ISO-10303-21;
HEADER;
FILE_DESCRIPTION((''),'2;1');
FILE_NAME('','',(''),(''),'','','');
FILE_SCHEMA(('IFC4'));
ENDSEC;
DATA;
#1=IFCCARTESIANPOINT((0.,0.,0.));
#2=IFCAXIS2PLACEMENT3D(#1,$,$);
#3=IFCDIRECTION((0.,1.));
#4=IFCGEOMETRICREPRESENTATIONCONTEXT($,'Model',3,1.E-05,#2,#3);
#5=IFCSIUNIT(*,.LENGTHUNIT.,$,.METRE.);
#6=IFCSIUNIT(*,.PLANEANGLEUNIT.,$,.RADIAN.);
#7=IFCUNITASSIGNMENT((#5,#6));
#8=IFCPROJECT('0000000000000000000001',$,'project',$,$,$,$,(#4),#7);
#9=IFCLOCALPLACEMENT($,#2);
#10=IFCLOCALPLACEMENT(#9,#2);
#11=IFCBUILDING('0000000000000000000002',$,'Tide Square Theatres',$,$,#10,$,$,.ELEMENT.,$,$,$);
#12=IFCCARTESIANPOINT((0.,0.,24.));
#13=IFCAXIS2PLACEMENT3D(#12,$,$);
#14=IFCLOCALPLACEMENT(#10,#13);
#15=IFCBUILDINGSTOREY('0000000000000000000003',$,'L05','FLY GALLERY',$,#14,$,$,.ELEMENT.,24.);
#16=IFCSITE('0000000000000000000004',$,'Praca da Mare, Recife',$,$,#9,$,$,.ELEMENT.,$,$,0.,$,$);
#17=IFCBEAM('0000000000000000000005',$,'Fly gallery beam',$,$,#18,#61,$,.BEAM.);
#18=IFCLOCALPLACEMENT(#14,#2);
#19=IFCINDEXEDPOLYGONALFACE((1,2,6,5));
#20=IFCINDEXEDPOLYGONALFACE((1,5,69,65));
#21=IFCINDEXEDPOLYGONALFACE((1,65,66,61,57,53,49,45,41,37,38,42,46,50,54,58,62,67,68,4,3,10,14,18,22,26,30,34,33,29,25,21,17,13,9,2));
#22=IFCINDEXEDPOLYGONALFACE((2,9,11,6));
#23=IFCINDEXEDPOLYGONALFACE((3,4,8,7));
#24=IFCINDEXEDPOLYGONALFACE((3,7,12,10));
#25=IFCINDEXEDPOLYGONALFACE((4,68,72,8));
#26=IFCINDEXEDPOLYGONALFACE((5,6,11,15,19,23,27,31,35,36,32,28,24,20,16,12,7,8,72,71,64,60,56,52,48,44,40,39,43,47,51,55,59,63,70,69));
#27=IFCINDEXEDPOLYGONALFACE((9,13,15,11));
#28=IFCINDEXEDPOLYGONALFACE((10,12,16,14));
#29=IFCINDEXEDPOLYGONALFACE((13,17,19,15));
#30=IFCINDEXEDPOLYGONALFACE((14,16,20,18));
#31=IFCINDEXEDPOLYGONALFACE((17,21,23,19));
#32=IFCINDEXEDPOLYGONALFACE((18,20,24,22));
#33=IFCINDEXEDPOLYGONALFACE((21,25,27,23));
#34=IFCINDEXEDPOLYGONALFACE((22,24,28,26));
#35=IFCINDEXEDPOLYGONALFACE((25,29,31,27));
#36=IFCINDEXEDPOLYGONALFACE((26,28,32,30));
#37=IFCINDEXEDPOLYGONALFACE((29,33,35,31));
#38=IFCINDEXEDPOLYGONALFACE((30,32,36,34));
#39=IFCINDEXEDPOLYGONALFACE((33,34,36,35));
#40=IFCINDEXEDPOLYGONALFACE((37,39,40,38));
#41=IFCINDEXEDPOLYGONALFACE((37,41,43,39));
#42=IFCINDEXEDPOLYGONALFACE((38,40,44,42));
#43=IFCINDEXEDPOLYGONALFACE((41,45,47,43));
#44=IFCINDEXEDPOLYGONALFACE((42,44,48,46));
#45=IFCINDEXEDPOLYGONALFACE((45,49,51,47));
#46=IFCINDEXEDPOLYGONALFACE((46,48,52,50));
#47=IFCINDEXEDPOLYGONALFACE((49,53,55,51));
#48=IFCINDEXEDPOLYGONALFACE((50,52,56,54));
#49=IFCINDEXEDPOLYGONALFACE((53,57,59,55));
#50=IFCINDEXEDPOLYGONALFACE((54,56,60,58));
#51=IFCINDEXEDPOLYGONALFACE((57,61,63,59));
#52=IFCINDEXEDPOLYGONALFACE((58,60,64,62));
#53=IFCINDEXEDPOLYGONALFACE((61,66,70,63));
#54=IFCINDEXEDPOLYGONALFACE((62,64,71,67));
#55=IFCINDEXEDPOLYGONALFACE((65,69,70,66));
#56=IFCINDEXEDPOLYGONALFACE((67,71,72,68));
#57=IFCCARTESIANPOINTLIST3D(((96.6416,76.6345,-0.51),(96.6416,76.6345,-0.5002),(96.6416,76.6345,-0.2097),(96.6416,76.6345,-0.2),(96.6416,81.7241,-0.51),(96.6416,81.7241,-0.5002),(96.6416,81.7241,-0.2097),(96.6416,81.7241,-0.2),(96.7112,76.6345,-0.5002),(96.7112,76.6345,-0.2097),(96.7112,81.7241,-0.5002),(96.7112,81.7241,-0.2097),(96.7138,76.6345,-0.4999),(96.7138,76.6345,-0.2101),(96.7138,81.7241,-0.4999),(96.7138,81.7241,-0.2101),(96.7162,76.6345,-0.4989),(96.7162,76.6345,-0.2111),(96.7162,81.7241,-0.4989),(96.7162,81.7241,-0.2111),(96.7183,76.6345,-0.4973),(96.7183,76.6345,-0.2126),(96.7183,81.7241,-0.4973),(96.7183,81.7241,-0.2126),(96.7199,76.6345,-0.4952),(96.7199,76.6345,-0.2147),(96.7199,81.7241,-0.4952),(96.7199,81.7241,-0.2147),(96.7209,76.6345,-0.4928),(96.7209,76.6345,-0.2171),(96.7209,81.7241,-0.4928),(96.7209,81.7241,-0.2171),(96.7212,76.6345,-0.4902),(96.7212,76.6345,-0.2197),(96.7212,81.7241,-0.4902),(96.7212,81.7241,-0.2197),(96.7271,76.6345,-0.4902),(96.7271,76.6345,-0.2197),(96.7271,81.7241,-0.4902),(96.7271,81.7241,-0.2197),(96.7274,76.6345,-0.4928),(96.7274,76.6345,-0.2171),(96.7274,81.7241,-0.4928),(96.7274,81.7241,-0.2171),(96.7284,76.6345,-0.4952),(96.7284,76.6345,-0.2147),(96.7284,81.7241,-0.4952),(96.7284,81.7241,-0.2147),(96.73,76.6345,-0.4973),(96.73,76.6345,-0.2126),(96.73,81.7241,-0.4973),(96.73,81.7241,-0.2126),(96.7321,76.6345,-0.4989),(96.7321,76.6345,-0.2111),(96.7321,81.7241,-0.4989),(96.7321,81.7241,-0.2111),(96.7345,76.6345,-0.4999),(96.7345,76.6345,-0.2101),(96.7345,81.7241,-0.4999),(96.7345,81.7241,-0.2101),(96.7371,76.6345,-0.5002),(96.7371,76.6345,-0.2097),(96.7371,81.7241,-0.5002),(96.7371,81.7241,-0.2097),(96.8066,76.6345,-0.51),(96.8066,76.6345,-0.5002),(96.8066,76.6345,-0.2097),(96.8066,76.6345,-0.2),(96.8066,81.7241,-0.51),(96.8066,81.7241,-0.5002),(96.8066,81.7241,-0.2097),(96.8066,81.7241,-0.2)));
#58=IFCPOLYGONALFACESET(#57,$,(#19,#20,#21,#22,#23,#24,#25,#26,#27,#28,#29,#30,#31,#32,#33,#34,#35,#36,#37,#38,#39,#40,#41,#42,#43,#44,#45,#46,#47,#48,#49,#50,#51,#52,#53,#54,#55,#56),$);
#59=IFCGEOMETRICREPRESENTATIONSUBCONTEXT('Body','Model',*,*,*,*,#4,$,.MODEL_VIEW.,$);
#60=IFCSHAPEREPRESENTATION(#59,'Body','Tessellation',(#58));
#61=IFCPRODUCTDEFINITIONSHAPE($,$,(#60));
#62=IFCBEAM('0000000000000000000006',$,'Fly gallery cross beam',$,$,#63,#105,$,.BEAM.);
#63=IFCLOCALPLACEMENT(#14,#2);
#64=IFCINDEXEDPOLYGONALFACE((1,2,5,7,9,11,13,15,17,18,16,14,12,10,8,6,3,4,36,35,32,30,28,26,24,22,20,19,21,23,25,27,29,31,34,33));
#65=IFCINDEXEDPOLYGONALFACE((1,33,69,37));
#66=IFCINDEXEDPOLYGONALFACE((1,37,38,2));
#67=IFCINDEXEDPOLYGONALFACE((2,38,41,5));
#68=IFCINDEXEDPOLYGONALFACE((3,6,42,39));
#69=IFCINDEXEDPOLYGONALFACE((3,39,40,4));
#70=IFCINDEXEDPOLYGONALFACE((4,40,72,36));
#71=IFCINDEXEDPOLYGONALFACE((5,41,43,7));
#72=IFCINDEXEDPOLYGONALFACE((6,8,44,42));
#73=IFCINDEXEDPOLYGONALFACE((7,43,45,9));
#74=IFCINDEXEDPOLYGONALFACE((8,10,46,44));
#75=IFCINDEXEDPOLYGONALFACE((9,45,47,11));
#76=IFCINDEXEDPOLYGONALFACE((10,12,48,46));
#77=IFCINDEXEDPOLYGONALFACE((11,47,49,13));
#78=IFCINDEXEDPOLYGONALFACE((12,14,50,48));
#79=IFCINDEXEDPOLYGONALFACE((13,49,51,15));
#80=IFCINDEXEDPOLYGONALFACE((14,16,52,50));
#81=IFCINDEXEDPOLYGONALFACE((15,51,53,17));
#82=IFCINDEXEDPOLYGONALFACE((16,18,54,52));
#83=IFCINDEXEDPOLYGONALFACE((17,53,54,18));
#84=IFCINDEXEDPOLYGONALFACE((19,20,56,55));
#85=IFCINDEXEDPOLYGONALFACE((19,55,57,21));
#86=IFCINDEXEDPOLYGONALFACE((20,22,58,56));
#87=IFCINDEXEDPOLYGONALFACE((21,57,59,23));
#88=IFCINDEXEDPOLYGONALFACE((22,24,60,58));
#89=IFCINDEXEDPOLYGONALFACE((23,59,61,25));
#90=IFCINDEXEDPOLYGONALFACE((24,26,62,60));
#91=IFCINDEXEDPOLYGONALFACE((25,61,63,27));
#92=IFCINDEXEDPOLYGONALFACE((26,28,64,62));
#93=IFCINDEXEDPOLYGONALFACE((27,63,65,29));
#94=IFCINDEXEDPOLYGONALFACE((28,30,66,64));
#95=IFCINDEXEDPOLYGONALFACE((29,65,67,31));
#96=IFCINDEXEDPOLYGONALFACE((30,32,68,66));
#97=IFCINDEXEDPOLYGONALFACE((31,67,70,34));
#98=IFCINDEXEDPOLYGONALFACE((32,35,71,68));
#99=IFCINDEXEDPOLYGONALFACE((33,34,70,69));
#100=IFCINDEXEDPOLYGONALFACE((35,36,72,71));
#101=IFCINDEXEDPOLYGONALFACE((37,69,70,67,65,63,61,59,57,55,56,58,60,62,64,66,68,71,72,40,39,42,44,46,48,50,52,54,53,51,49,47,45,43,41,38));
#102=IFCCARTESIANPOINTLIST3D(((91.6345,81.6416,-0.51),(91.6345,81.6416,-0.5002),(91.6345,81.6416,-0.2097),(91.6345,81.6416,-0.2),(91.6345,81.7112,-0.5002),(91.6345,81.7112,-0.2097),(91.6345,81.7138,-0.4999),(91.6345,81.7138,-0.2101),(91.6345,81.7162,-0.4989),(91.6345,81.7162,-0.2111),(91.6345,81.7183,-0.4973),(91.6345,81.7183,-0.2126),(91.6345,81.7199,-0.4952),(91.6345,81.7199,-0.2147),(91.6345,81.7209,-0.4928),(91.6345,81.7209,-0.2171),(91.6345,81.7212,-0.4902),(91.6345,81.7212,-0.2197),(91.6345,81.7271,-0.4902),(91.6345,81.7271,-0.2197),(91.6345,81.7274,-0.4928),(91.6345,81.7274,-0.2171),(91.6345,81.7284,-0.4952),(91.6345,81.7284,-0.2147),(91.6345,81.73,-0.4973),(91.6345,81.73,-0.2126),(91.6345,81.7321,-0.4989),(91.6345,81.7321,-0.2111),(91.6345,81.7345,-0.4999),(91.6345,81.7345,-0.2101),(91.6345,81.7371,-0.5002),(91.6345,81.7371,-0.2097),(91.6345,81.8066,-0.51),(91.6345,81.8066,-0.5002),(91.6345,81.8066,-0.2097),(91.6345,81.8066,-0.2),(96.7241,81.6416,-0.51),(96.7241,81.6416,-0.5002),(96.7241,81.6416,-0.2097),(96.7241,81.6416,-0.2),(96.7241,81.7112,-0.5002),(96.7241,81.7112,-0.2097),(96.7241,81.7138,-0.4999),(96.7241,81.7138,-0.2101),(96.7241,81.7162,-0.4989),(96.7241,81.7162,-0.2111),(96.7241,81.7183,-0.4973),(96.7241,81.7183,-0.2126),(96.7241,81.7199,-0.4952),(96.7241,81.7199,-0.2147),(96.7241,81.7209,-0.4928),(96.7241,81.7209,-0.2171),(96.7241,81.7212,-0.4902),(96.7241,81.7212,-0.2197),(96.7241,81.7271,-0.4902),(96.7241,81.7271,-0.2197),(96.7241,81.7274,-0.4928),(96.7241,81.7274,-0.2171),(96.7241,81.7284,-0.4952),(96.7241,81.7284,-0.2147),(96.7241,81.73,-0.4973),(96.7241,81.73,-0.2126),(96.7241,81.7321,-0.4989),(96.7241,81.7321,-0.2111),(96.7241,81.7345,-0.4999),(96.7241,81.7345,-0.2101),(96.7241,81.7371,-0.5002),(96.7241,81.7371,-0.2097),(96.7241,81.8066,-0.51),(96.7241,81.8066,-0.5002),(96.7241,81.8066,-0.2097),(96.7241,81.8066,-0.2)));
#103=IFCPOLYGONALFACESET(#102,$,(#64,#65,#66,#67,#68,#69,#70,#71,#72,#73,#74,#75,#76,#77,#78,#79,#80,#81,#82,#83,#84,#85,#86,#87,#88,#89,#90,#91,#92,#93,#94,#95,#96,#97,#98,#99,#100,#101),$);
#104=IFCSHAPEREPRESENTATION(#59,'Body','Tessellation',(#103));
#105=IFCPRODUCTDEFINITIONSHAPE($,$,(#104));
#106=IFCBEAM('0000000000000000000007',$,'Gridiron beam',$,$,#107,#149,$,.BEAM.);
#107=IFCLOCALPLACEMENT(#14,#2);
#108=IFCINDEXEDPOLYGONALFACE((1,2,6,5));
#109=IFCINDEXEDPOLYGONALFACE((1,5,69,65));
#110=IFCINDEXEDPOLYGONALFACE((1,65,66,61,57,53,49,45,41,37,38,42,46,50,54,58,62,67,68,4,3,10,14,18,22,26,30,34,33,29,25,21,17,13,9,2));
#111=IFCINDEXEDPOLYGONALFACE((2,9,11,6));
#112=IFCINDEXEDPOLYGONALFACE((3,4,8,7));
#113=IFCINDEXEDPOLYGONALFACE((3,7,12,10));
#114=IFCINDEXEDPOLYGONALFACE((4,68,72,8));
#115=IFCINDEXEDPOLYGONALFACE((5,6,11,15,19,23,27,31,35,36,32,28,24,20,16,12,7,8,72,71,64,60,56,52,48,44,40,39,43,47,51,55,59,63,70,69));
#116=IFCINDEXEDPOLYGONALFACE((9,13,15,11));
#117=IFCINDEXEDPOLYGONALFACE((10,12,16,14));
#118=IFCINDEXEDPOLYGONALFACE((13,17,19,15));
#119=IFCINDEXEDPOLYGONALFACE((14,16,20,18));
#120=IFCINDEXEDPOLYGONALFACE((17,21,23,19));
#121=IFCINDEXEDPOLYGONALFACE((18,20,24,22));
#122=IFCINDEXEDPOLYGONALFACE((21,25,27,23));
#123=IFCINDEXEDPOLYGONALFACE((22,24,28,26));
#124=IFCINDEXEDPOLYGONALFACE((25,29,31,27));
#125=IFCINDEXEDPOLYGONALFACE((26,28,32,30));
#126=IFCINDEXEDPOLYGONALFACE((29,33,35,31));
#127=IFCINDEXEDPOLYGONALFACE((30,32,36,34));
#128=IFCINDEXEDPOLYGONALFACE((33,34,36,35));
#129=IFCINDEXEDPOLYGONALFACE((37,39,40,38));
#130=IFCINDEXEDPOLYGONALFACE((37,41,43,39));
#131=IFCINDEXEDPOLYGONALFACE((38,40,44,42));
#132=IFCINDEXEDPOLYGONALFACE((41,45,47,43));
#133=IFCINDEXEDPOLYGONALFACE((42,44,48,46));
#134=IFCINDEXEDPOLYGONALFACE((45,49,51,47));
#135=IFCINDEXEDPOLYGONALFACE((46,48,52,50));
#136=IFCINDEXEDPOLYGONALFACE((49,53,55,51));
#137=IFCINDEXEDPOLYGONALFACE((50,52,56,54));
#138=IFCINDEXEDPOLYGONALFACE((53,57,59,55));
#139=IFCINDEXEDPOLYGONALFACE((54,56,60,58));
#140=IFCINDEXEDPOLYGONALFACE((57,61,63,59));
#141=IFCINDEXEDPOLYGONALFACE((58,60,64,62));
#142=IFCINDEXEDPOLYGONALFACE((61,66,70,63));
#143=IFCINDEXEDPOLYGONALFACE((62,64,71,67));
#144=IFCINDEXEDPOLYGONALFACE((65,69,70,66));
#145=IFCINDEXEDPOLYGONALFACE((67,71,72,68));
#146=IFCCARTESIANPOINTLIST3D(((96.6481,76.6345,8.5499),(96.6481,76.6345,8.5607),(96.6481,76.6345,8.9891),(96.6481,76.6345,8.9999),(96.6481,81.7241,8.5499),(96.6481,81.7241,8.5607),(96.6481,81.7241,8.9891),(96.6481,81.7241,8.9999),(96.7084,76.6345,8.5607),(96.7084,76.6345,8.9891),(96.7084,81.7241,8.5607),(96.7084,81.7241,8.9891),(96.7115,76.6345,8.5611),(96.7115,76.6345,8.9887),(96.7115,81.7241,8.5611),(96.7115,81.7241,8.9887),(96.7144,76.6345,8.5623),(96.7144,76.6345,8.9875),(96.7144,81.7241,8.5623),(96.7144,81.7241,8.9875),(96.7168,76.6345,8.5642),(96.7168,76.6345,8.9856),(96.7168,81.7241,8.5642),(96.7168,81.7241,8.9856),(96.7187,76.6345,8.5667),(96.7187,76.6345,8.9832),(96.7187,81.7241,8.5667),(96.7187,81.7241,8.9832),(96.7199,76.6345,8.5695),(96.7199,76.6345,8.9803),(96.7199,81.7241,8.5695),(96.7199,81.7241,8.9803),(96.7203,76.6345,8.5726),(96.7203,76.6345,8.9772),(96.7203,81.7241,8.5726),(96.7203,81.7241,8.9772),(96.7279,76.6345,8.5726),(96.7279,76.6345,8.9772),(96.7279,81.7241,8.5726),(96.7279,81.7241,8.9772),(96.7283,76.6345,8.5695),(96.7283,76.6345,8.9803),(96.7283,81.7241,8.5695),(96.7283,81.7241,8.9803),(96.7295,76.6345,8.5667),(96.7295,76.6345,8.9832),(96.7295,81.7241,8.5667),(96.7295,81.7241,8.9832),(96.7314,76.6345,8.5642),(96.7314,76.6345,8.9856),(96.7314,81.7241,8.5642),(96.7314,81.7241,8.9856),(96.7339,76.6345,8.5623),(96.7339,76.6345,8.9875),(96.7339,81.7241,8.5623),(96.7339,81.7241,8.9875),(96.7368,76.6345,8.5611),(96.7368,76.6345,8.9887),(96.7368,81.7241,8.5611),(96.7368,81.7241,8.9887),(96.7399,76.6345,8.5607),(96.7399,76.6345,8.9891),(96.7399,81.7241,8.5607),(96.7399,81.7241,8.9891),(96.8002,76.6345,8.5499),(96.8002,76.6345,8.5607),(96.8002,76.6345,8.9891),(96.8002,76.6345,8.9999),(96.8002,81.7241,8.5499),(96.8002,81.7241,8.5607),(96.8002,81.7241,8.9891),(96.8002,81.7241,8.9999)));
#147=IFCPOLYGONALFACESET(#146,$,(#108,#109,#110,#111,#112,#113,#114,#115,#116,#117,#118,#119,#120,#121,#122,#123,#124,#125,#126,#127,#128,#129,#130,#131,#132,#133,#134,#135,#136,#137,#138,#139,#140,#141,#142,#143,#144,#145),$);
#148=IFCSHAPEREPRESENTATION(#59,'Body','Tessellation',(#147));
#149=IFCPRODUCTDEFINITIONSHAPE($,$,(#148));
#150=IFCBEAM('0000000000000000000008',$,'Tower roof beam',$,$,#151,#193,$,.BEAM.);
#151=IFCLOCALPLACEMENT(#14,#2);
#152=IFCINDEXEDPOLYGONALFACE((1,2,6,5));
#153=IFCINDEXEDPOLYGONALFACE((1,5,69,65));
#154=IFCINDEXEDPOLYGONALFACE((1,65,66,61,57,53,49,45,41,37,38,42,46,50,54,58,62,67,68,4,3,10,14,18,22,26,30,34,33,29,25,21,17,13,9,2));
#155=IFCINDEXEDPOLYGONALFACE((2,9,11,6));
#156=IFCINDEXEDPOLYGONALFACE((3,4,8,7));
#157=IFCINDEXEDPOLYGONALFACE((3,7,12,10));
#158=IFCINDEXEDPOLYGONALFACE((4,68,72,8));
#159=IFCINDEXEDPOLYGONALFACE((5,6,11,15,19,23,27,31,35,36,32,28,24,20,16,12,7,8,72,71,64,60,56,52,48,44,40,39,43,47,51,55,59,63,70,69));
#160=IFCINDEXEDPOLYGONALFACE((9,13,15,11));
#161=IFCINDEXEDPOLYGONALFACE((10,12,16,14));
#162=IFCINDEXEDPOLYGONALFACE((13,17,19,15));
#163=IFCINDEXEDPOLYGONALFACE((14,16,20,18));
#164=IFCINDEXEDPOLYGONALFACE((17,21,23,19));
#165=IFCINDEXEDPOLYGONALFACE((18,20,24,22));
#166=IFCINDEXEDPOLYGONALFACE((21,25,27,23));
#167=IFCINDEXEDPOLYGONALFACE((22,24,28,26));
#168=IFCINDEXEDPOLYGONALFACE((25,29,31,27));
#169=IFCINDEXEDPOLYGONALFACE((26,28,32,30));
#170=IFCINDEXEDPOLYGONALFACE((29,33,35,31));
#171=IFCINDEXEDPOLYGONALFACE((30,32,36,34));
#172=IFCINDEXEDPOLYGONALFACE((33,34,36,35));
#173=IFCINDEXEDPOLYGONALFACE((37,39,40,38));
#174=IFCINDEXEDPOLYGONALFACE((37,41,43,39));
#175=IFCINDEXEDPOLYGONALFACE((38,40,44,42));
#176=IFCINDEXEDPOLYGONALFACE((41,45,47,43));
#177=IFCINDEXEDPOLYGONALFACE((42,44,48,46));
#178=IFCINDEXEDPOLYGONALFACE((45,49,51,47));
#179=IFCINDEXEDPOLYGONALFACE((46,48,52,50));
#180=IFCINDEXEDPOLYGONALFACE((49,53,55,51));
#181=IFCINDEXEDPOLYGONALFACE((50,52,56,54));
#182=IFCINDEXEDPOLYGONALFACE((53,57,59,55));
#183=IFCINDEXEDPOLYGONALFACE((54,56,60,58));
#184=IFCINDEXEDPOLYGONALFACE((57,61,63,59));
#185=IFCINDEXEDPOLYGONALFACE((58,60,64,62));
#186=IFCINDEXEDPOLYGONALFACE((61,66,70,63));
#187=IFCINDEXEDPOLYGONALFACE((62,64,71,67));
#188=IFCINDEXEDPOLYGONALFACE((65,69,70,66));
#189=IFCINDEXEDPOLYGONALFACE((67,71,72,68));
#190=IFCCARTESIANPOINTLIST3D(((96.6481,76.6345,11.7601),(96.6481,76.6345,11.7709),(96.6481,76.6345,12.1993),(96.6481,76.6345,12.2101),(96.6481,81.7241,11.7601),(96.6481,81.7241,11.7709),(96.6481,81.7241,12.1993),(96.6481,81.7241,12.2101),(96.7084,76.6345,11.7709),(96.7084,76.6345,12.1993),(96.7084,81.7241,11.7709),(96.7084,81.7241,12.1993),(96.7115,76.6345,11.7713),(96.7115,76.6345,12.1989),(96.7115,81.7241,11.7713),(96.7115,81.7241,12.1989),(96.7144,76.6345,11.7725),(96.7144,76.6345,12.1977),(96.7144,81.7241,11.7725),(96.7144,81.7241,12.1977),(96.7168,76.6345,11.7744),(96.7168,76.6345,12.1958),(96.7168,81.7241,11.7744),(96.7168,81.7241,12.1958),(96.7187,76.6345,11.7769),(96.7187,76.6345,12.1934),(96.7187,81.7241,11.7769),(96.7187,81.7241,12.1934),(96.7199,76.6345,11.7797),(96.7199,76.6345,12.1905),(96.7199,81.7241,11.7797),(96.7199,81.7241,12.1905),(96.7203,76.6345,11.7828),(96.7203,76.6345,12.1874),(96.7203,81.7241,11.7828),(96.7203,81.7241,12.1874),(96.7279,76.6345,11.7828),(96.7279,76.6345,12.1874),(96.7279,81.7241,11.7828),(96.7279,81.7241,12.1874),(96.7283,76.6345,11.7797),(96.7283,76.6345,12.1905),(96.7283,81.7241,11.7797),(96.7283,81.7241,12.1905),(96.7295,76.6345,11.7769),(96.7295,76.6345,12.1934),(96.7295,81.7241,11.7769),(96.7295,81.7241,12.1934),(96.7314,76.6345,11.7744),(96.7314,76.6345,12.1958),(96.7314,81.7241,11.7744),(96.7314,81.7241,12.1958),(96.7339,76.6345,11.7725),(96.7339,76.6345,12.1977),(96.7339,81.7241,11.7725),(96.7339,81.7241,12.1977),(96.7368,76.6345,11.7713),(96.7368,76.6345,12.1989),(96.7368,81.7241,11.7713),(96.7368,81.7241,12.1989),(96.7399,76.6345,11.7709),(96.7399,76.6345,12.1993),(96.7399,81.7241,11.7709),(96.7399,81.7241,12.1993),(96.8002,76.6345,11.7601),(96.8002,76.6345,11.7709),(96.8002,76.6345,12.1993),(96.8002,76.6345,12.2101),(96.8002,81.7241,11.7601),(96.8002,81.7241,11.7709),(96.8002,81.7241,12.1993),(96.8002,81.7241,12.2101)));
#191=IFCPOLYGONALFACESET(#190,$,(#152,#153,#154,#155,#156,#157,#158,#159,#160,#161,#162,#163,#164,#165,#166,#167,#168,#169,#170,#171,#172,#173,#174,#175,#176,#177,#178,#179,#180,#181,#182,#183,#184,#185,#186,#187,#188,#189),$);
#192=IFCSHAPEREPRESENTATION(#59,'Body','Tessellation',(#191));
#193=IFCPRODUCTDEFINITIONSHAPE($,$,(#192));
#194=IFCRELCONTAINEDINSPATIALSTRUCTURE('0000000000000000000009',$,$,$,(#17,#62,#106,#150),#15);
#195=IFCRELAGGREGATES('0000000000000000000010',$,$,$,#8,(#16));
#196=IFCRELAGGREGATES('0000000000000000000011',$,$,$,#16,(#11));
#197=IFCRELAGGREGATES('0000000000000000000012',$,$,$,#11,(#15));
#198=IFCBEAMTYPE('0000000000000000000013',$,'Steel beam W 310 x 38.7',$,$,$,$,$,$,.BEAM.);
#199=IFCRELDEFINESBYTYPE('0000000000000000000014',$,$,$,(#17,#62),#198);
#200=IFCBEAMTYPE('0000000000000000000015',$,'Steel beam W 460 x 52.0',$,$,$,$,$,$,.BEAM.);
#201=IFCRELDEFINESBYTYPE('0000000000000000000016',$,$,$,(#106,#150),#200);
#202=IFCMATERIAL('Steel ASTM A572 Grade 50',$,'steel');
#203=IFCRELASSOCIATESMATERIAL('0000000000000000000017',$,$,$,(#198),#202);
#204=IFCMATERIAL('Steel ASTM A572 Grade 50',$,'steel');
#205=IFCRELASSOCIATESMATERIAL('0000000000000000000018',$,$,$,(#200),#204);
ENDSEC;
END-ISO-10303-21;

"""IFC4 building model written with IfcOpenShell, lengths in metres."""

from ifc_helpers import new_model, si_unit, direction, frame, origin, origin_2d, place, context, subcontext, project, spatial, i_section, extrude, material, material_profile, profile_set, type_object, element, save


model = new_model("IFC4")

# Units and contexts
model_context = context("Model", 3, precision=1e-05, world=origin(), true_north=direction((0.0, 1.0)))
body_context = subcontext(model_context, "Body", "Model", "MODEL_VIEW")
ifc_project = project(units=[si_unit("LENGTHUNIT", "METRE"), si_unit("PLANEANGLEUNIT", "RADIAN")], contexts=[model_context])

# Site, building, storey
site_placement = place(None, origin())
site = spatial("IfcSite", under=ifc_project, at=site_placement, Name="Praca da Mare, Recife", CompositionType="ELEMENT", RefElevation=0.0)
building_placement = place(site_placement, origin())
building = spatial("IfcBuilding", under=site, at=building_placement, Name="Tide Square Theatres", CompositionType="ELEMENT")
storey_placement = place(building_placement, frame((0.0, 0.0, 24.0)))
storey = spatial("IfcBuildingStorey", under=building, at=storey_placement, Name="L05", Description="FLY GALLERY", CompositionType="ELEMENT", Elevation=24.0)

# Beams
ifc_material_1 = material(Name="Steel ASTM A572 Grade 50", Category="steel")
ifc_material_profile_1 = material_profile(ifc_material_1, i_section(OverallWidth=0.165, OverallDepth=0.3101, WebThickness=0.0059, FlangeThickness=0.0098, FilletRadius=0.01, at=origin_2d()))
ifc_profile_set_1 = profile_set([ifc_material_profile_1], Name="Steel ASTM A572 Grade 50")
beam_type_1 = type_object("IfcBeamType", Name="Steel beam W 310 x 38.7", PredefinedType="BEAM", material=ifc_profile_set_1)
for number, where, z_axis, x_axis, name in (
    (1, (96.7241, 76.6345, -0.355), (0.0, 1.0, 0.0), (-1.0, 0.0, 0.0), "Fly gallery beam"),
    (2, (91.6345, 81.7241, -0.355), (1.0, 0.0, 0.0), (0.0, 1.0, 0.0), "Fly gallery cross beam"),
):
    element("IfcBeam", number, at=place(storey_placement, frame(where, z_axis=z_axis, x_axis=x_axis)), inside=storey, type_object=beam_type_1, Name=name, PredefinedType="BEAM", context=body_context, shape_type="SweptSolid", body=[
        extrude(i_section(OverallWidth=0.165, OverallDepth=0.3101, WebThickness=0.0059, FlangeThickness=0.0098, FilletRadius=0.01, at=origin_2d()), origin(), (0.0, 0.0, 1.0), 5.0896),
    ])
ifc_material_2 = material(Name="Steel ASTM A572 Grade 50", Category="steel")
ifc_material_profile_2 = material_profile(ifc_material_2, i_section(OverallWidth=0.1521, OverallDepth=0.45, WebThickness=0.0076, FlangeThickness=0.0107, FilletRadius=0.012, at=origin_2d()))
ifc_profile_set_2 = profile_set([ifc_material_profile_2], Name="Steel ASTM A572 Grade 50")
beam_type_2 = type_object("IfcBeamType", Name="Steel beam W 460 x 52.0", PredefinedType="BEAM", material=ifc_profile_set_2)
for number, where, z_axis, x_axis, name in (
    (3, (96.7241, 76.6345, 8.7749), (0.0, 1.0, 0.0), (-1.0, 0.0, 0.0), "Gridiron beam"),
    (4, (96.7241, 76.6345, 11.9851), (0.0, 1.0, 0.0), (-1.0, 0.0, 0.0), "Tower roof beam"),
):
    element("IfcBeam", number, at=place(storey_placement, frame(where, z_axis=z_axis, x_axis=x_axis)), inside=storey, type_object=beam_type_2, Name=name, PredefinedType="BEAM", context=body_context, shape_type="SweptSolid", body=[
        extrude(i_section(OverallWidth=0.1521, OverallDepth=0.45, WebThickness=0.0076, FlangeThickness=0.0107, FilletRadius=0.012, at=origin_2d()), origin(), (0.0, 0.0, 1.0), 5.0896),
    ])

save(model, "model.ifc")
